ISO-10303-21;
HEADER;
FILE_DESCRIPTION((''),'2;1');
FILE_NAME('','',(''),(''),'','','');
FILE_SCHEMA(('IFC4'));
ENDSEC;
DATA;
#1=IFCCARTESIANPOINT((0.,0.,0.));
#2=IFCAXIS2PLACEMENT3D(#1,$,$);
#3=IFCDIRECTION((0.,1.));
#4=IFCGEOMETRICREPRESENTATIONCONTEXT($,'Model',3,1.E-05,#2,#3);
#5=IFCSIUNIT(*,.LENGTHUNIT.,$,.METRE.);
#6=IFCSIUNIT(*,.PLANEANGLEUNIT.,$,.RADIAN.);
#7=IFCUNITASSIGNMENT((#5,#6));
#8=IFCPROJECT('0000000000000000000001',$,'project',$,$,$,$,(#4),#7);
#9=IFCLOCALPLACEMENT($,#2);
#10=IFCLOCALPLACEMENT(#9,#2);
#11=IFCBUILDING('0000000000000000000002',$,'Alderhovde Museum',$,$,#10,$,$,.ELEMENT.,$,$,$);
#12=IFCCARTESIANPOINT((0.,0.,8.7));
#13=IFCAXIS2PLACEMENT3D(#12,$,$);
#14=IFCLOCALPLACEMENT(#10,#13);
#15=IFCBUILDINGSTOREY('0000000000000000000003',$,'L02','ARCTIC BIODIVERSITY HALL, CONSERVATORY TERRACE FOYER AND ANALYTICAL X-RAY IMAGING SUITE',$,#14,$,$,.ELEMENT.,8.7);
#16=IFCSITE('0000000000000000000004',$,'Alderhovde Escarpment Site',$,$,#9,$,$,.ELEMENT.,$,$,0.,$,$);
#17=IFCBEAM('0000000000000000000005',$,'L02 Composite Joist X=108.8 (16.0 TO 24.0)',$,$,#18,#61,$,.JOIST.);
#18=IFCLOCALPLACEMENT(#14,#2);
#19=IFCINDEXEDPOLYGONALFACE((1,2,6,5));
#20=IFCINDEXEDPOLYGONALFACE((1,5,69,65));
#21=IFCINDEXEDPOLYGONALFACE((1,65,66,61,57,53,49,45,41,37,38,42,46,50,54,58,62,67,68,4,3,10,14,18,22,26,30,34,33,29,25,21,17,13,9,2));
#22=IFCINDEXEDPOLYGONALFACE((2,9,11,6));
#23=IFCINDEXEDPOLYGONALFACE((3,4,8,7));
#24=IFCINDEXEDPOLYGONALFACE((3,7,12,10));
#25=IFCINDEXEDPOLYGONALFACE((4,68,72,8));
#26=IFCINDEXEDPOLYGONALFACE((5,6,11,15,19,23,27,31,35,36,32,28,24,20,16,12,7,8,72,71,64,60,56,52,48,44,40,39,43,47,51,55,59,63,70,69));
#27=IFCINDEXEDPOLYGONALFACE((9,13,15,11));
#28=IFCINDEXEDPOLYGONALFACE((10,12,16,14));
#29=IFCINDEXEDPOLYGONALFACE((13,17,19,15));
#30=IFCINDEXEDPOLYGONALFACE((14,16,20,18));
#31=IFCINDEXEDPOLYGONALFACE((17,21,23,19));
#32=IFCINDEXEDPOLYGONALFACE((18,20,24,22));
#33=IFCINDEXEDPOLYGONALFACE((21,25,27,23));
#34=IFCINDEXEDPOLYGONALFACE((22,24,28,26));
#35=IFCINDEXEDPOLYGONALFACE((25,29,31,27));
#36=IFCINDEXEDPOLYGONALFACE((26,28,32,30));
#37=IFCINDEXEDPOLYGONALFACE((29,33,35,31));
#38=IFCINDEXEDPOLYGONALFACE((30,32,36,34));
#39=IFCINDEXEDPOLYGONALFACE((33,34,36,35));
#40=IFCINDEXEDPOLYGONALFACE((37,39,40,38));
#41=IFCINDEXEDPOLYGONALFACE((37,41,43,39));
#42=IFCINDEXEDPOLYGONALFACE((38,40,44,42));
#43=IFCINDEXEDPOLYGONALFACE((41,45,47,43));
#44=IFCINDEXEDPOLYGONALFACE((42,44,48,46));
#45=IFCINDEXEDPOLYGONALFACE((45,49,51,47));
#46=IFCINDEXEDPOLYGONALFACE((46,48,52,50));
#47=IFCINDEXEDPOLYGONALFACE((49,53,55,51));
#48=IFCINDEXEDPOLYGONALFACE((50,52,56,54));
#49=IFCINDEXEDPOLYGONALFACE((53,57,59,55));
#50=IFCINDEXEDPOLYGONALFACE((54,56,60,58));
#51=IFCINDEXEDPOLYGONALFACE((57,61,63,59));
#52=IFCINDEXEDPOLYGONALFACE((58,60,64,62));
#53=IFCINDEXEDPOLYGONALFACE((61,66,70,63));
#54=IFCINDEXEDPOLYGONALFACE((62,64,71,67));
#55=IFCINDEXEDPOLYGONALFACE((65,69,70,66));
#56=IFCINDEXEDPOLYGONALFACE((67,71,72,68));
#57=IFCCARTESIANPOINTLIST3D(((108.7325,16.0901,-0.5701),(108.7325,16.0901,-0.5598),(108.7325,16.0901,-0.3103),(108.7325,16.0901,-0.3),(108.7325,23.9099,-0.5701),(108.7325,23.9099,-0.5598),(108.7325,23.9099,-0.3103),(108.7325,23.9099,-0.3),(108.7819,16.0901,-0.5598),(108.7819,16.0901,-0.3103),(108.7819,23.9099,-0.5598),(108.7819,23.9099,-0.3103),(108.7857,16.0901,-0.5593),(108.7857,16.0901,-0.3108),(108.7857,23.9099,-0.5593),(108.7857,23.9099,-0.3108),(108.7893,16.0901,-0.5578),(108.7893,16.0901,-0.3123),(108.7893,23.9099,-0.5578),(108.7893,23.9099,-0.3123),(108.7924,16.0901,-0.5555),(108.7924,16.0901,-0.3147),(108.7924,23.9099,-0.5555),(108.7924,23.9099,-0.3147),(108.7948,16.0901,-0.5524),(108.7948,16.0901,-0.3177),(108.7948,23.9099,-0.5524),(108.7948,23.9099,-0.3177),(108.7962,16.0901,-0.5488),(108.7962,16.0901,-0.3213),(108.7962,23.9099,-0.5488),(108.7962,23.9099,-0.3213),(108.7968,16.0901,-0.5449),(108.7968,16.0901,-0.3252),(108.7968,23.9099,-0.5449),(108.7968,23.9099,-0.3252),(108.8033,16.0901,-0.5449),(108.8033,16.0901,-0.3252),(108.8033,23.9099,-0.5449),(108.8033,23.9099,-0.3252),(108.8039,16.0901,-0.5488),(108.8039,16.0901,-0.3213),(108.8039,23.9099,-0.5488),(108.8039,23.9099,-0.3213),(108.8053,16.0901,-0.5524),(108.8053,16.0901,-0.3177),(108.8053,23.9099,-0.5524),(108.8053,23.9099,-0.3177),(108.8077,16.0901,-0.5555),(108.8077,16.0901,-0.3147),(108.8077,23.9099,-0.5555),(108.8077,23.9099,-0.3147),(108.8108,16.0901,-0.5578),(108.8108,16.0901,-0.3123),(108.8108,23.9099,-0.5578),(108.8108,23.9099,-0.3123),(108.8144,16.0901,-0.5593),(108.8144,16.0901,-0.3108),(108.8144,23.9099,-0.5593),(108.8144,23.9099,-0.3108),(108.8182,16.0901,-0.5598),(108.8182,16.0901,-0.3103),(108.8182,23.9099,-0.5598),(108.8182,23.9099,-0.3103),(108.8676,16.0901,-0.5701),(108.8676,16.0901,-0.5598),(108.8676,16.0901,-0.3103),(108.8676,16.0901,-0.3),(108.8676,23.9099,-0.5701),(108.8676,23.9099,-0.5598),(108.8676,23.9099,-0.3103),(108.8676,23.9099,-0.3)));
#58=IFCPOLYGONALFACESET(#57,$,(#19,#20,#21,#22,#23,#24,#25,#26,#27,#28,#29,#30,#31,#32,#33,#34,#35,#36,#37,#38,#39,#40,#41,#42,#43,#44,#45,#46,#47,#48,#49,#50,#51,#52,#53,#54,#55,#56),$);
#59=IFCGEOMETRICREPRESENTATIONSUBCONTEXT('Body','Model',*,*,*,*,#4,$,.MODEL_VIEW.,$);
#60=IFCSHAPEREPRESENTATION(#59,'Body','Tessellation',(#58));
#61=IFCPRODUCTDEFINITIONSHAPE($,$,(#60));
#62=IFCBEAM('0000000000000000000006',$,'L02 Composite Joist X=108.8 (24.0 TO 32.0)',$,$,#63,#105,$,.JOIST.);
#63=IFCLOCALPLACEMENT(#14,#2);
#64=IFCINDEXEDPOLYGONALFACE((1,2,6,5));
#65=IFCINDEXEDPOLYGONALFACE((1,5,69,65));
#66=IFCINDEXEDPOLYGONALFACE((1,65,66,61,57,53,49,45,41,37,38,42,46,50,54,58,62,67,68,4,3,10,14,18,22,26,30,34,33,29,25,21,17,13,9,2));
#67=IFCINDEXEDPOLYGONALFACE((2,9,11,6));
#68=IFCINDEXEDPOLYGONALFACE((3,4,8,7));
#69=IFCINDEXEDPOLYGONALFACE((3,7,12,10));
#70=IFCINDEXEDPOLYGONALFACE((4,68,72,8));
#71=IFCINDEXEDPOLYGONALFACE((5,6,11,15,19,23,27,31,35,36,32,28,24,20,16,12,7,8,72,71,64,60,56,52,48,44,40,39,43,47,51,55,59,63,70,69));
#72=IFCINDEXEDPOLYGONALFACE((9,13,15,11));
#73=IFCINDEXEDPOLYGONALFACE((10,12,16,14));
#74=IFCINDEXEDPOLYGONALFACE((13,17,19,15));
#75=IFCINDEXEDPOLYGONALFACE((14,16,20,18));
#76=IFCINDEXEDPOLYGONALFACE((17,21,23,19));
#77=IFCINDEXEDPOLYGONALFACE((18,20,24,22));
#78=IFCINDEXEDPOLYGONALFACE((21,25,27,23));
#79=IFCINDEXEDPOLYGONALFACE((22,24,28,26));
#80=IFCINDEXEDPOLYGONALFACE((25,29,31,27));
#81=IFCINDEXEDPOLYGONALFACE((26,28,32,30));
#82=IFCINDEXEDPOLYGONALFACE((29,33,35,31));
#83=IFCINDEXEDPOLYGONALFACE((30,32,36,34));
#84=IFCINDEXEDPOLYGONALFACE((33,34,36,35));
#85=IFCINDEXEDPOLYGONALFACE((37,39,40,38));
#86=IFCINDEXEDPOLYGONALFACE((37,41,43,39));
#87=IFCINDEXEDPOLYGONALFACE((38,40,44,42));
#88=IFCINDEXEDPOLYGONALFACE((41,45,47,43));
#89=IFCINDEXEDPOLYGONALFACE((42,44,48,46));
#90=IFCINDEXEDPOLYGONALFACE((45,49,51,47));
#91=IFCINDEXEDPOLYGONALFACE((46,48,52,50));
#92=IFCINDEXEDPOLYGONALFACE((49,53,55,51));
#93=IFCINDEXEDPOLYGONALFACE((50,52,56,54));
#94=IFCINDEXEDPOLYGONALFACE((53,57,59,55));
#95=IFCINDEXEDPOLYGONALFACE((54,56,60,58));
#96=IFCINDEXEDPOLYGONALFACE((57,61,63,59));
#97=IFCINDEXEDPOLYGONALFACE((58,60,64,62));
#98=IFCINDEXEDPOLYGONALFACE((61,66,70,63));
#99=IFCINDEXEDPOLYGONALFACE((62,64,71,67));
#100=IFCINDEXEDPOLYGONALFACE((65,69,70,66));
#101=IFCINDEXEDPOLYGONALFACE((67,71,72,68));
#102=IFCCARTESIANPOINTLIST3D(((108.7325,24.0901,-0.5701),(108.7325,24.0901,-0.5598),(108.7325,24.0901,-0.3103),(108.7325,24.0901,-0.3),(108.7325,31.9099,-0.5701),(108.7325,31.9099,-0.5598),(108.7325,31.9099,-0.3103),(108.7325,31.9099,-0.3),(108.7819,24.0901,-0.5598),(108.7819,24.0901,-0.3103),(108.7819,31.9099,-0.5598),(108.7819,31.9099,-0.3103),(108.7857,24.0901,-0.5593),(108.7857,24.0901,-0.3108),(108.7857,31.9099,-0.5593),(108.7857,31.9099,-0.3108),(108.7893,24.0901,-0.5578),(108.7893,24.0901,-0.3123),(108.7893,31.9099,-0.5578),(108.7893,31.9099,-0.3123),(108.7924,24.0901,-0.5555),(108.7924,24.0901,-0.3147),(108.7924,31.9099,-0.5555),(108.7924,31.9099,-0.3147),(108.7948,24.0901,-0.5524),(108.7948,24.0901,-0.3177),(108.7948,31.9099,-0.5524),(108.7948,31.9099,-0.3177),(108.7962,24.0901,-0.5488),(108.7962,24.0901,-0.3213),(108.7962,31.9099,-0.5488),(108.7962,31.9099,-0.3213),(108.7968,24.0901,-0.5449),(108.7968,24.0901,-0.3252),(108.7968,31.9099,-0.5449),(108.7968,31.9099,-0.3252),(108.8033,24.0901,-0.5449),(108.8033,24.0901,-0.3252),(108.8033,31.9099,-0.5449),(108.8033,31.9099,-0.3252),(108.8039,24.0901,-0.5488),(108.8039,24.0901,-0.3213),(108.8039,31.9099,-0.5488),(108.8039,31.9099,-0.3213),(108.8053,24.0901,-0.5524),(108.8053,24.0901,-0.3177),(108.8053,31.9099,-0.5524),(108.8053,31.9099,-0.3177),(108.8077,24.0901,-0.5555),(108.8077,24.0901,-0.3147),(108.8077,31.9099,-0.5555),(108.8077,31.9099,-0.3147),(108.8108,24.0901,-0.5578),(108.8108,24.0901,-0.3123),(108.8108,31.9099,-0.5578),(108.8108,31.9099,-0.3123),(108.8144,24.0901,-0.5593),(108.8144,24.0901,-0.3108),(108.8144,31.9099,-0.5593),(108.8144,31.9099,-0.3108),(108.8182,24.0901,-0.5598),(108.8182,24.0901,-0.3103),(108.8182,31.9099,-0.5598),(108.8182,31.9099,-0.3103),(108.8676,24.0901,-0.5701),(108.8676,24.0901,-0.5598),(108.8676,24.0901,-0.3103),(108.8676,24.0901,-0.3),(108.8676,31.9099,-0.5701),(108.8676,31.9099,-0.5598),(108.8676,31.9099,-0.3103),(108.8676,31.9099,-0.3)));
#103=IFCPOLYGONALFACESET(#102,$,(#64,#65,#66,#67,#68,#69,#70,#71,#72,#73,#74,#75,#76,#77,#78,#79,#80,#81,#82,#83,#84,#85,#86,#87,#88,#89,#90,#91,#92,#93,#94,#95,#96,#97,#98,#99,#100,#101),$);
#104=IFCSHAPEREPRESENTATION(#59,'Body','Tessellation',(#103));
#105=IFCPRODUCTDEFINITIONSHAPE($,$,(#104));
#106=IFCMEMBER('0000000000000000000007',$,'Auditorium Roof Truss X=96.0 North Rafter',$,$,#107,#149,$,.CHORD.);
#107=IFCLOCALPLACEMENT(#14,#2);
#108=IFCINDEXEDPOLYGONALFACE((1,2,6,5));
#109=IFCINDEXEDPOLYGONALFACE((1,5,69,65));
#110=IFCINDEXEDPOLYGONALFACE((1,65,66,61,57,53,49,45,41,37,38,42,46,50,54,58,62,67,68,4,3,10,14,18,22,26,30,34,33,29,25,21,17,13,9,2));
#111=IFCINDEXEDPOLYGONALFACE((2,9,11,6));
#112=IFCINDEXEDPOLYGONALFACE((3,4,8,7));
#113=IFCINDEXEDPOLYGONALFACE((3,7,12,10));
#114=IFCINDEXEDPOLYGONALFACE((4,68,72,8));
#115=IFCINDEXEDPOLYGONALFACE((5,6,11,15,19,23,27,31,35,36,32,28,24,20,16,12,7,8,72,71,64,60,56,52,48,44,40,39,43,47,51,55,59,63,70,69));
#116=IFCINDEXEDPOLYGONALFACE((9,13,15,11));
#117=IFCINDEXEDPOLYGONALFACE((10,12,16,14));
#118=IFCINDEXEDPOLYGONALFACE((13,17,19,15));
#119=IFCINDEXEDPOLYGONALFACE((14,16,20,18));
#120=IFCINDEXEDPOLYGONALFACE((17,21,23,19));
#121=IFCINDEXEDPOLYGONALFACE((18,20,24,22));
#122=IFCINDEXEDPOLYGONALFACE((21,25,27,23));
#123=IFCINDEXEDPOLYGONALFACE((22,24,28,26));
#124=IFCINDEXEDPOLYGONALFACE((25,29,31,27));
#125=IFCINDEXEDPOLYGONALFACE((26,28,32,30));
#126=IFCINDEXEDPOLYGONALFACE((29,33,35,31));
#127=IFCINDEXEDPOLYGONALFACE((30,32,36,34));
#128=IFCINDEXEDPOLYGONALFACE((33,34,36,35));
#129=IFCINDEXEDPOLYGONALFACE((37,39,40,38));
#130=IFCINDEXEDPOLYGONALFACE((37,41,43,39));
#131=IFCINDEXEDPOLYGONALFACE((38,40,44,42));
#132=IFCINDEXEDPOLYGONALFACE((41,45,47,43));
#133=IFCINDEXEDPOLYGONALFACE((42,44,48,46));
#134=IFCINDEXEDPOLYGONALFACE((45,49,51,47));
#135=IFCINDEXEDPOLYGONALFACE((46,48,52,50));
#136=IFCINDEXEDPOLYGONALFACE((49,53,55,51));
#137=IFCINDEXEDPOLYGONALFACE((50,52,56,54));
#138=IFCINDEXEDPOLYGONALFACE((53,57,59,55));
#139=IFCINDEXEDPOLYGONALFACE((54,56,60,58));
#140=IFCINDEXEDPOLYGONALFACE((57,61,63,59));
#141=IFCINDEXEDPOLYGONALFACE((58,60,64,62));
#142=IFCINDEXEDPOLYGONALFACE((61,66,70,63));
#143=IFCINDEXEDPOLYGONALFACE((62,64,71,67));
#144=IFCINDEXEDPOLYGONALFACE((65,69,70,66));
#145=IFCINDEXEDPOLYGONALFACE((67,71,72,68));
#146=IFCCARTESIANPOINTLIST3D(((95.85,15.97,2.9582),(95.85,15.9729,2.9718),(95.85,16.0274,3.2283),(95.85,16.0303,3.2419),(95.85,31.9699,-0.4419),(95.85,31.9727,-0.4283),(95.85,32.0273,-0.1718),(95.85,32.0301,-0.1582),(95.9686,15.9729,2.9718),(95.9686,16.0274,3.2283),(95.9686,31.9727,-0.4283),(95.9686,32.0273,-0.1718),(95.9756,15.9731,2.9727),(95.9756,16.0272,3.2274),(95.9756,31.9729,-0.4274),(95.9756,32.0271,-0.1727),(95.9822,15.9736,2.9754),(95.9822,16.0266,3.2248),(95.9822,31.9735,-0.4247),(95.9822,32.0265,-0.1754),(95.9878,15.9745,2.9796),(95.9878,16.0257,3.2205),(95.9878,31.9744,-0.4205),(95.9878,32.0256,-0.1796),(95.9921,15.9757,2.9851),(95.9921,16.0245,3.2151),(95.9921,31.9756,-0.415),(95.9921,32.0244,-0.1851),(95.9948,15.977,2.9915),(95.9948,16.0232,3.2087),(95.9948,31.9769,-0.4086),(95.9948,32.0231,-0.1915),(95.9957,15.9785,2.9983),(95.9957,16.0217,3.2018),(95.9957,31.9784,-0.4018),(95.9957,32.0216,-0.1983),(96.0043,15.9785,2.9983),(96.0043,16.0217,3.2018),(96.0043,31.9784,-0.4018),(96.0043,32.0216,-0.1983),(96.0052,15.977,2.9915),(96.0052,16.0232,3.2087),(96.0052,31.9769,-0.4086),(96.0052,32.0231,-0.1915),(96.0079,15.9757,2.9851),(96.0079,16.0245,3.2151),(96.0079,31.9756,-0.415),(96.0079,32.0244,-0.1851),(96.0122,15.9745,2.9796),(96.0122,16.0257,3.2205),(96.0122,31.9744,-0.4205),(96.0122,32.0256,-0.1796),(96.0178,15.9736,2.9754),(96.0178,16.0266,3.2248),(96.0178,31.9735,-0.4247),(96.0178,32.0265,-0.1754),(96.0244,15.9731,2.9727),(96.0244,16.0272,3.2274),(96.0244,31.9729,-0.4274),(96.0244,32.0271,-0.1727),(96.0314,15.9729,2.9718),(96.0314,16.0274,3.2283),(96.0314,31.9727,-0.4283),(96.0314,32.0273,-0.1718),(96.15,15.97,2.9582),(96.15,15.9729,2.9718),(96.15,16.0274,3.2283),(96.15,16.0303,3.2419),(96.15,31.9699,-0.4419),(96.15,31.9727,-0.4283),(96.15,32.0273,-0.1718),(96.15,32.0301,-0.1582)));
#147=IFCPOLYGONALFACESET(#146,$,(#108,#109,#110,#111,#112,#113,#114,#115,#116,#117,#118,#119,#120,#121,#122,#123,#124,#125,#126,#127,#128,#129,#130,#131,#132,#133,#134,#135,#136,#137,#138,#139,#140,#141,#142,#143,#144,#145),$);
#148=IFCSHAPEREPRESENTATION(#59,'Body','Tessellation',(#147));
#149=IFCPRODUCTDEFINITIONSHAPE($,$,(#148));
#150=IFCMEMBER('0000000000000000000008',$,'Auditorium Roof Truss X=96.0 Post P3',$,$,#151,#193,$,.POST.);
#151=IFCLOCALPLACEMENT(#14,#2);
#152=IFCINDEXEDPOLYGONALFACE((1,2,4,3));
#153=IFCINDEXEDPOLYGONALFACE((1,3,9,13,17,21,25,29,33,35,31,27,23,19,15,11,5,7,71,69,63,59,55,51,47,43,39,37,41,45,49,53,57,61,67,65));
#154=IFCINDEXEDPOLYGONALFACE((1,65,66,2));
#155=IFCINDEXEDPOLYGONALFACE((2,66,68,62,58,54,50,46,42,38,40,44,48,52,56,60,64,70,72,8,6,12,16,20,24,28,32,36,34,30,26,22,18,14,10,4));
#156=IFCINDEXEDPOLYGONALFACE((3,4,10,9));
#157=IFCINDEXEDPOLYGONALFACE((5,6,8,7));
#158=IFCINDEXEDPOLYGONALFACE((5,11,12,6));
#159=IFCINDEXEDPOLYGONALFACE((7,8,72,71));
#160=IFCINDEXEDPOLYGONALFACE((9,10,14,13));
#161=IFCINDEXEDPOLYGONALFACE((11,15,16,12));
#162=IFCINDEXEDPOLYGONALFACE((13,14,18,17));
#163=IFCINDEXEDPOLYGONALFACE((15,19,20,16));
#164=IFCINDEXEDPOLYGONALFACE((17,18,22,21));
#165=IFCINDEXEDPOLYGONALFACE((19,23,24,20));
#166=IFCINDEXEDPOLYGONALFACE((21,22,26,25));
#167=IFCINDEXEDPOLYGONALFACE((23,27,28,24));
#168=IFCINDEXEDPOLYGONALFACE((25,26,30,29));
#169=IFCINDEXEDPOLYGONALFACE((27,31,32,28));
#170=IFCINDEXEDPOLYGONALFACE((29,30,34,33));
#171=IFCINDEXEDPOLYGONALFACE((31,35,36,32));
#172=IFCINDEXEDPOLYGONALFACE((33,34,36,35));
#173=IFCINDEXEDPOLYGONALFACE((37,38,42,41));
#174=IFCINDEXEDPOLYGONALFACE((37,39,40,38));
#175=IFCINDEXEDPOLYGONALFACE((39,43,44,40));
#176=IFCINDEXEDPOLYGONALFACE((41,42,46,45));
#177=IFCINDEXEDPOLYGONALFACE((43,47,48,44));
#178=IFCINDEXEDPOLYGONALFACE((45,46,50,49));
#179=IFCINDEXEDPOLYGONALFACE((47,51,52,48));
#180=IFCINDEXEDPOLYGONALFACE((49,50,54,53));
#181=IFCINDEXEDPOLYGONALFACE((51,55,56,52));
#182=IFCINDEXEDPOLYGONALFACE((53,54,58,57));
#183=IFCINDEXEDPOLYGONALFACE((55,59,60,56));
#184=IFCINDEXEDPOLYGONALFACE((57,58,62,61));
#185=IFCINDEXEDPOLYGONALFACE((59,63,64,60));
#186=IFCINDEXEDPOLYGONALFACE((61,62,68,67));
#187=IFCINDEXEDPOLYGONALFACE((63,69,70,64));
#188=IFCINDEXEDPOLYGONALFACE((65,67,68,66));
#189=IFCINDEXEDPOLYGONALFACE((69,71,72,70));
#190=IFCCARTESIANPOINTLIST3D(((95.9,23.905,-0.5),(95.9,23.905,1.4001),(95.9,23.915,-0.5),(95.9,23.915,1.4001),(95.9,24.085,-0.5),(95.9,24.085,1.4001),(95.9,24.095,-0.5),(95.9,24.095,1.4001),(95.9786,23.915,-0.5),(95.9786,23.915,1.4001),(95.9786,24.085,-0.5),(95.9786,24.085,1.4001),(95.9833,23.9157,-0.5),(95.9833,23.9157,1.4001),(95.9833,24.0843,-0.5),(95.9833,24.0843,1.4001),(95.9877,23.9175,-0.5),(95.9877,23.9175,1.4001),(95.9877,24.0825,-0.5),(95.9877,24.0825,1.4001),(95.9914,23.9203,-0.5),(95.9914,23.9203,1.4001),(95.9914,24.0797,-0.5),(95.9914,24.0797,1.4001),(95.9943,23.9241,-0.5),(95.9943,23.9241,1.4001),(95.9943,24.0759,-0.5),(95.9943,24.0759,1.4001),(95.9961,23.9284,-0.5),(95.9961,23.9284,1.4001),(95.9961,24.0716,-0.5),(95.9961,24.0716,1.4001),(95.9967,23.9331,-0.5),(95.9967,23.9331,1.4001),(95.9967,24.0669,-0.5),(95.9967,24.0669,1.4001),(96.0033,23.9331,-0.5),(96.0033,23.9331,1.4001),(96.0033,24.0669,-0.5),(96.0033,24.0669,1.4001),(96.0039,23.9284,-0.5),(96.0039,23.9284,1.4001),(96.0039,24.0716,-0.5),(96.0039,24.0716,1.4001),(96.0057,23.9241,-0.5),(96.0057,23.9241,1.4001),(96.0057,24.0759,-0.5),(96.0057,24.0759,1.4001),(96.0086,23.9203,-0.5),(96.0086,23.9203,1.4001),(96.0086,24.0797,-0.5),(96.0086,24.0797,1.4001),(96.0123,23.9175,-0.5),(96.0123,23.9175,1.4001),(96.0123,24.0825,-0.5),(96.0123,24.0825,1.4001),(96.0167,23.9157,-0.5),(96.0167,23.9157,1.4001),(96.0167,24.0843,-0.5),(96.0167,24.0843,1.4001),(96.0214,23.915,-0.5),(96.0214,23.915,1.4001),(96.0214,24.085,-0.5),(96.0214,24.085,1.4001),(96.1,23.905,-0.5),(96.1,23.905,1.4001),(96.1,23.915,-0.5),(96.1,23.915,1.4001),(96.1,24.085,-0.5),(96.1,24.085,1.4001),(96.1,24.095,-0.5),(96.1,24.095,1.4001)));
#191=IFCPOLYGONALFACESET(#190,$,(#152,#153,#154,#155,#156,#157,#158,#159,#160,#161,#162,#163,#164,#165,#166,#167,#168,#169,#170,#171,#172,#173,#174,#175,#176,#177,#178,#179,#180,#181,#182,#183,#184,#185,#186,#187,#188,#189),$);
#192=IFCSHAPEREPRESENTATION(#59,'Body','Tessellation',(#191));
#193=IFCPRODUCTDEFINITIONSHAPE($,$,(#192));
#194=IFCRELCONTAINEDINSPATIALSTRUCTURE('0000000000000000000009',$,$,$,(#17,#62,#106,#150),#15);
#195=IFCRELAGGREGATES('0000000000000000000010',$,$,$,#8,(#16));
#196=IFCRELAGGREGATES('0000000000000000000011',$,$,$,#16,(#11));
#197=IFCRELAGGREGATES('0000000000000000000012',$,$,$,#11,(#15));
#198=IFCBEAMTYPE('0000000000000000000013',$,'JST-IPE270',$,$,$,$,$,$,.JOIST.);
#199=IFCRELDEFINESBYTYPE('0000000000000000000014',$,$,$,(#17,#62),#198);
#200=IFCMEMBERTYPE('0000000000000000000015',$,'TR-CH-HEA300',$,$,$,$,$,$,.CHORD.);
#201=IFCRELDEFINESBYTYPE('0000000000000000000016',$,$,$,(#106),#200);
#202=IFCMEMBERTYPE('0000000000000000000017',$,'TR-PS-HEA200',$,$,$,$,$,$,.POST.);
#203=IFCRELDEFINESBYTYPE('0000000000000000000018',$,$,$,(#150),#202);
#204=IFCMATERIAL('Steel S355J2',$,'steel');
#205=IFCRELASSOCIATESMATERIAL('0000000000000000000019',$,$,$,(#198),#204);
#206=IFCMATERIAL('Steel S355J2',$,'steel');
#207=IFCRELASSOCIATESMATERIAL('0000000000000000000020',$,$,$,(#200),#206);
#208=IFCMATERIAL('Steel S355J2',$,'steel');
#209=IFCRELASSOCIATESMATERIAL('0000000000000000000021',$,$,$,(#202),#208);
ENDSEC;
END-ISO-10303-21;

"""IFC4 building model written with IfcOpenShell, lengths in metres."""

from ifc_helpers import new_model, si_unit, direction, frame, origin, origin_2d, place, context, subcontext, project, spatial, i_section, extrude, material, material_profile, profile_set, type_object, element, save


model = new_model("IFC4")

# Units and contexts
model_context = context("Model", 3, precision=1e-05, world=origin(), true_north=direction((0.0, 1.0)))
body_context = subcontext(model_context, "Body", "Model", "MODEL_VIEW")
ifc_project = project(units=[si_unit("LENGTHUNIT", "METRE"), si_unit("PLANEANGLEUNIT", "RADIAN")], contexts=[model_context])

# Site, building, storey
site_placement = place(None, origin())
site = spatial("IfcSite", under=ifc_project, at=site_placement, Name="Alderhovde Escarpment Site", CompositionType="ELEMENT", RefElevation=0.0)
building_placement = place(site_placement, origin())
building = spatial("IfcBuilding", under=site, at=building_placement, Name="Alderhovde Museum", CompositionType="ELEMENT")
storey_placement = place(building_placement, frame((0.0, 0.0, 8.7)))
storey = spatial("IfcBuildingStorey", under=building, at=storey_placement, Name="L02", Description="ARCTIC BIODIVERSITY HALL, CONSERVATORY TERRACE FOYER AND ANALYTICAL X-RAY IMAGING SUITE", CompositionType="ELEMENT", Elevation=8.7)

# Beams
ifc_material_1 = material(Name="Steel S355J2", Category="steel")
ifc_material_profile_1 = material_profile(ifc_material_1, i_section(OverallWidth=0.135, OverallDepth=0.27, WebThickness=0.0066, FlangeThickness=0.0103, FilletRadius=0.0149, at=origin_2d()), Name="IPE 270")
ifc_profile_set_1 = profile_set([ifc_material_profile_1], Name="Steel S355J2")
beam_type_1 = type_object("IfcBeamType", Name="JST-IPE270", PredefinedType="JOIST", material=ifc_profile_set_1)
for number, where, z_axis, x_axis, name in (
    (1, (108.8, 16.0901, -0.4351), (0.0, 1.0, 0.0), (-1.0, 0.0, 0.0), "L02 Composite Joist X=108.8 (16.0 TO 24.0)"),
    (2, (108.8, 24.0901, -0.4351), (0.0, 1.0, 0.0), (-1.0, 0.0, 0.0), "L02 Composite Joist X=108.8 (24.0 TO 32.0)"),
):
    element("IfcBeam", number, at=place(storey_placement, frame(where, z_axis=z_axis, x_axis=x_axis)), inside=storey, type_object=beam_type_1, Name=name, PredefinedType="JOIST", context=body_context, shape_type="SweptSolid", body=[
        extrude(i_section(OverallWidth=0.135, OverallDepth=0.27, WebThickness=0.0066, FlangeThickness=0.0103, FilletRadius=0.0149, at=origin_2d()), origin(), (0.0, 0.0, 1.0), 7.8198),
    ])

# Members
ifc_material_2 = material(Name="Steel S355J2", Category="steel")
ifc_material_profile_2 = material_profile(ifc_material_2, i_section(OverallWidth=0.3, OverallDepth=0.29, WebThickness=0.0085, FlangeThickness=0.0139, FilletRadius=0.0271, at=origin_2d()), Name="HEA 300")
ifc_profile_set_2 = profile_set([ifc_material_profile_2], Name="Steel S355J2")
member_type_1 = type_object("IfcMemberType", Name="TR-CH-HEA300", PredefinedType="CHORD", material=ifc_profile_set_2)
member_1_placement = place(storey_placement, frame((96.0, 32.0, -0.3), z_axis=(0.0, -0.978157, 0.207867), x_axis=(1.0, 0.0, 0.0)))
element("IfcMember", 3, at=member_1_placement, inside=storey, type_object=member_type_1, Name="Auditorium Roof Truss X=96.0 North Rafter", PredefinedType="CHORD", context=body_context, shape_type="SweptSolid", body=[
    extrude(i_section(OverallWidth=0.3, OverallDepth=0.29, WebThickness=0.0085, FlangeThickness=0.0139, FilletRadius=0.0271, at=origin_2d()), origin(), (0.0, 0.0, 1.0), 16.3572),
])
ifc_material_3 = material(Name="Steel S355J2", Category="steel")
ifc_material_profile_3 = material_profile(ifc_material_3, i_section(OverallWidth=0.2, OverallDepth=0.1899, WebThickness=0.0066, FlangeThickness=0.01, FilletRadius=0.0181, at=origin_2d()), Name="HEA 200")
ifc_profile_set_3 = profile_set([ifc_material_profile_3], Name="Steel S355J2")
member_type_2 = type_object("IfcMemberType", Name="TR-PS-HEA200", PredefinedType="POST", material=ifc_profile_set_3)
member_2_placement = place(storey_placement, frame((96.0, 24.0, -0.5), z_axis=(0.0, 0.0, 1.0), x_axis=(1.0, 0.0, 0.0)))
element("IfcMember", 4, at=member_2_placement, inside=storey, type_object=member_type_2, Name="Auditorium Roof Truss X=96.0 Post P3", PredefinedType="POST", context=body_context, shape_type="SweptSolid", body=[
    extrude(i_section(OverallWidth=0.2, OverallDepth=0.1899, WebThickness=0.0066, FlangeThickness=0.01, FilletRadius=0.0181, at=origin_2d()), origin(), (0.0, 0.0, 1.0), 1.9001),
])

save(model, "model.ifc")
